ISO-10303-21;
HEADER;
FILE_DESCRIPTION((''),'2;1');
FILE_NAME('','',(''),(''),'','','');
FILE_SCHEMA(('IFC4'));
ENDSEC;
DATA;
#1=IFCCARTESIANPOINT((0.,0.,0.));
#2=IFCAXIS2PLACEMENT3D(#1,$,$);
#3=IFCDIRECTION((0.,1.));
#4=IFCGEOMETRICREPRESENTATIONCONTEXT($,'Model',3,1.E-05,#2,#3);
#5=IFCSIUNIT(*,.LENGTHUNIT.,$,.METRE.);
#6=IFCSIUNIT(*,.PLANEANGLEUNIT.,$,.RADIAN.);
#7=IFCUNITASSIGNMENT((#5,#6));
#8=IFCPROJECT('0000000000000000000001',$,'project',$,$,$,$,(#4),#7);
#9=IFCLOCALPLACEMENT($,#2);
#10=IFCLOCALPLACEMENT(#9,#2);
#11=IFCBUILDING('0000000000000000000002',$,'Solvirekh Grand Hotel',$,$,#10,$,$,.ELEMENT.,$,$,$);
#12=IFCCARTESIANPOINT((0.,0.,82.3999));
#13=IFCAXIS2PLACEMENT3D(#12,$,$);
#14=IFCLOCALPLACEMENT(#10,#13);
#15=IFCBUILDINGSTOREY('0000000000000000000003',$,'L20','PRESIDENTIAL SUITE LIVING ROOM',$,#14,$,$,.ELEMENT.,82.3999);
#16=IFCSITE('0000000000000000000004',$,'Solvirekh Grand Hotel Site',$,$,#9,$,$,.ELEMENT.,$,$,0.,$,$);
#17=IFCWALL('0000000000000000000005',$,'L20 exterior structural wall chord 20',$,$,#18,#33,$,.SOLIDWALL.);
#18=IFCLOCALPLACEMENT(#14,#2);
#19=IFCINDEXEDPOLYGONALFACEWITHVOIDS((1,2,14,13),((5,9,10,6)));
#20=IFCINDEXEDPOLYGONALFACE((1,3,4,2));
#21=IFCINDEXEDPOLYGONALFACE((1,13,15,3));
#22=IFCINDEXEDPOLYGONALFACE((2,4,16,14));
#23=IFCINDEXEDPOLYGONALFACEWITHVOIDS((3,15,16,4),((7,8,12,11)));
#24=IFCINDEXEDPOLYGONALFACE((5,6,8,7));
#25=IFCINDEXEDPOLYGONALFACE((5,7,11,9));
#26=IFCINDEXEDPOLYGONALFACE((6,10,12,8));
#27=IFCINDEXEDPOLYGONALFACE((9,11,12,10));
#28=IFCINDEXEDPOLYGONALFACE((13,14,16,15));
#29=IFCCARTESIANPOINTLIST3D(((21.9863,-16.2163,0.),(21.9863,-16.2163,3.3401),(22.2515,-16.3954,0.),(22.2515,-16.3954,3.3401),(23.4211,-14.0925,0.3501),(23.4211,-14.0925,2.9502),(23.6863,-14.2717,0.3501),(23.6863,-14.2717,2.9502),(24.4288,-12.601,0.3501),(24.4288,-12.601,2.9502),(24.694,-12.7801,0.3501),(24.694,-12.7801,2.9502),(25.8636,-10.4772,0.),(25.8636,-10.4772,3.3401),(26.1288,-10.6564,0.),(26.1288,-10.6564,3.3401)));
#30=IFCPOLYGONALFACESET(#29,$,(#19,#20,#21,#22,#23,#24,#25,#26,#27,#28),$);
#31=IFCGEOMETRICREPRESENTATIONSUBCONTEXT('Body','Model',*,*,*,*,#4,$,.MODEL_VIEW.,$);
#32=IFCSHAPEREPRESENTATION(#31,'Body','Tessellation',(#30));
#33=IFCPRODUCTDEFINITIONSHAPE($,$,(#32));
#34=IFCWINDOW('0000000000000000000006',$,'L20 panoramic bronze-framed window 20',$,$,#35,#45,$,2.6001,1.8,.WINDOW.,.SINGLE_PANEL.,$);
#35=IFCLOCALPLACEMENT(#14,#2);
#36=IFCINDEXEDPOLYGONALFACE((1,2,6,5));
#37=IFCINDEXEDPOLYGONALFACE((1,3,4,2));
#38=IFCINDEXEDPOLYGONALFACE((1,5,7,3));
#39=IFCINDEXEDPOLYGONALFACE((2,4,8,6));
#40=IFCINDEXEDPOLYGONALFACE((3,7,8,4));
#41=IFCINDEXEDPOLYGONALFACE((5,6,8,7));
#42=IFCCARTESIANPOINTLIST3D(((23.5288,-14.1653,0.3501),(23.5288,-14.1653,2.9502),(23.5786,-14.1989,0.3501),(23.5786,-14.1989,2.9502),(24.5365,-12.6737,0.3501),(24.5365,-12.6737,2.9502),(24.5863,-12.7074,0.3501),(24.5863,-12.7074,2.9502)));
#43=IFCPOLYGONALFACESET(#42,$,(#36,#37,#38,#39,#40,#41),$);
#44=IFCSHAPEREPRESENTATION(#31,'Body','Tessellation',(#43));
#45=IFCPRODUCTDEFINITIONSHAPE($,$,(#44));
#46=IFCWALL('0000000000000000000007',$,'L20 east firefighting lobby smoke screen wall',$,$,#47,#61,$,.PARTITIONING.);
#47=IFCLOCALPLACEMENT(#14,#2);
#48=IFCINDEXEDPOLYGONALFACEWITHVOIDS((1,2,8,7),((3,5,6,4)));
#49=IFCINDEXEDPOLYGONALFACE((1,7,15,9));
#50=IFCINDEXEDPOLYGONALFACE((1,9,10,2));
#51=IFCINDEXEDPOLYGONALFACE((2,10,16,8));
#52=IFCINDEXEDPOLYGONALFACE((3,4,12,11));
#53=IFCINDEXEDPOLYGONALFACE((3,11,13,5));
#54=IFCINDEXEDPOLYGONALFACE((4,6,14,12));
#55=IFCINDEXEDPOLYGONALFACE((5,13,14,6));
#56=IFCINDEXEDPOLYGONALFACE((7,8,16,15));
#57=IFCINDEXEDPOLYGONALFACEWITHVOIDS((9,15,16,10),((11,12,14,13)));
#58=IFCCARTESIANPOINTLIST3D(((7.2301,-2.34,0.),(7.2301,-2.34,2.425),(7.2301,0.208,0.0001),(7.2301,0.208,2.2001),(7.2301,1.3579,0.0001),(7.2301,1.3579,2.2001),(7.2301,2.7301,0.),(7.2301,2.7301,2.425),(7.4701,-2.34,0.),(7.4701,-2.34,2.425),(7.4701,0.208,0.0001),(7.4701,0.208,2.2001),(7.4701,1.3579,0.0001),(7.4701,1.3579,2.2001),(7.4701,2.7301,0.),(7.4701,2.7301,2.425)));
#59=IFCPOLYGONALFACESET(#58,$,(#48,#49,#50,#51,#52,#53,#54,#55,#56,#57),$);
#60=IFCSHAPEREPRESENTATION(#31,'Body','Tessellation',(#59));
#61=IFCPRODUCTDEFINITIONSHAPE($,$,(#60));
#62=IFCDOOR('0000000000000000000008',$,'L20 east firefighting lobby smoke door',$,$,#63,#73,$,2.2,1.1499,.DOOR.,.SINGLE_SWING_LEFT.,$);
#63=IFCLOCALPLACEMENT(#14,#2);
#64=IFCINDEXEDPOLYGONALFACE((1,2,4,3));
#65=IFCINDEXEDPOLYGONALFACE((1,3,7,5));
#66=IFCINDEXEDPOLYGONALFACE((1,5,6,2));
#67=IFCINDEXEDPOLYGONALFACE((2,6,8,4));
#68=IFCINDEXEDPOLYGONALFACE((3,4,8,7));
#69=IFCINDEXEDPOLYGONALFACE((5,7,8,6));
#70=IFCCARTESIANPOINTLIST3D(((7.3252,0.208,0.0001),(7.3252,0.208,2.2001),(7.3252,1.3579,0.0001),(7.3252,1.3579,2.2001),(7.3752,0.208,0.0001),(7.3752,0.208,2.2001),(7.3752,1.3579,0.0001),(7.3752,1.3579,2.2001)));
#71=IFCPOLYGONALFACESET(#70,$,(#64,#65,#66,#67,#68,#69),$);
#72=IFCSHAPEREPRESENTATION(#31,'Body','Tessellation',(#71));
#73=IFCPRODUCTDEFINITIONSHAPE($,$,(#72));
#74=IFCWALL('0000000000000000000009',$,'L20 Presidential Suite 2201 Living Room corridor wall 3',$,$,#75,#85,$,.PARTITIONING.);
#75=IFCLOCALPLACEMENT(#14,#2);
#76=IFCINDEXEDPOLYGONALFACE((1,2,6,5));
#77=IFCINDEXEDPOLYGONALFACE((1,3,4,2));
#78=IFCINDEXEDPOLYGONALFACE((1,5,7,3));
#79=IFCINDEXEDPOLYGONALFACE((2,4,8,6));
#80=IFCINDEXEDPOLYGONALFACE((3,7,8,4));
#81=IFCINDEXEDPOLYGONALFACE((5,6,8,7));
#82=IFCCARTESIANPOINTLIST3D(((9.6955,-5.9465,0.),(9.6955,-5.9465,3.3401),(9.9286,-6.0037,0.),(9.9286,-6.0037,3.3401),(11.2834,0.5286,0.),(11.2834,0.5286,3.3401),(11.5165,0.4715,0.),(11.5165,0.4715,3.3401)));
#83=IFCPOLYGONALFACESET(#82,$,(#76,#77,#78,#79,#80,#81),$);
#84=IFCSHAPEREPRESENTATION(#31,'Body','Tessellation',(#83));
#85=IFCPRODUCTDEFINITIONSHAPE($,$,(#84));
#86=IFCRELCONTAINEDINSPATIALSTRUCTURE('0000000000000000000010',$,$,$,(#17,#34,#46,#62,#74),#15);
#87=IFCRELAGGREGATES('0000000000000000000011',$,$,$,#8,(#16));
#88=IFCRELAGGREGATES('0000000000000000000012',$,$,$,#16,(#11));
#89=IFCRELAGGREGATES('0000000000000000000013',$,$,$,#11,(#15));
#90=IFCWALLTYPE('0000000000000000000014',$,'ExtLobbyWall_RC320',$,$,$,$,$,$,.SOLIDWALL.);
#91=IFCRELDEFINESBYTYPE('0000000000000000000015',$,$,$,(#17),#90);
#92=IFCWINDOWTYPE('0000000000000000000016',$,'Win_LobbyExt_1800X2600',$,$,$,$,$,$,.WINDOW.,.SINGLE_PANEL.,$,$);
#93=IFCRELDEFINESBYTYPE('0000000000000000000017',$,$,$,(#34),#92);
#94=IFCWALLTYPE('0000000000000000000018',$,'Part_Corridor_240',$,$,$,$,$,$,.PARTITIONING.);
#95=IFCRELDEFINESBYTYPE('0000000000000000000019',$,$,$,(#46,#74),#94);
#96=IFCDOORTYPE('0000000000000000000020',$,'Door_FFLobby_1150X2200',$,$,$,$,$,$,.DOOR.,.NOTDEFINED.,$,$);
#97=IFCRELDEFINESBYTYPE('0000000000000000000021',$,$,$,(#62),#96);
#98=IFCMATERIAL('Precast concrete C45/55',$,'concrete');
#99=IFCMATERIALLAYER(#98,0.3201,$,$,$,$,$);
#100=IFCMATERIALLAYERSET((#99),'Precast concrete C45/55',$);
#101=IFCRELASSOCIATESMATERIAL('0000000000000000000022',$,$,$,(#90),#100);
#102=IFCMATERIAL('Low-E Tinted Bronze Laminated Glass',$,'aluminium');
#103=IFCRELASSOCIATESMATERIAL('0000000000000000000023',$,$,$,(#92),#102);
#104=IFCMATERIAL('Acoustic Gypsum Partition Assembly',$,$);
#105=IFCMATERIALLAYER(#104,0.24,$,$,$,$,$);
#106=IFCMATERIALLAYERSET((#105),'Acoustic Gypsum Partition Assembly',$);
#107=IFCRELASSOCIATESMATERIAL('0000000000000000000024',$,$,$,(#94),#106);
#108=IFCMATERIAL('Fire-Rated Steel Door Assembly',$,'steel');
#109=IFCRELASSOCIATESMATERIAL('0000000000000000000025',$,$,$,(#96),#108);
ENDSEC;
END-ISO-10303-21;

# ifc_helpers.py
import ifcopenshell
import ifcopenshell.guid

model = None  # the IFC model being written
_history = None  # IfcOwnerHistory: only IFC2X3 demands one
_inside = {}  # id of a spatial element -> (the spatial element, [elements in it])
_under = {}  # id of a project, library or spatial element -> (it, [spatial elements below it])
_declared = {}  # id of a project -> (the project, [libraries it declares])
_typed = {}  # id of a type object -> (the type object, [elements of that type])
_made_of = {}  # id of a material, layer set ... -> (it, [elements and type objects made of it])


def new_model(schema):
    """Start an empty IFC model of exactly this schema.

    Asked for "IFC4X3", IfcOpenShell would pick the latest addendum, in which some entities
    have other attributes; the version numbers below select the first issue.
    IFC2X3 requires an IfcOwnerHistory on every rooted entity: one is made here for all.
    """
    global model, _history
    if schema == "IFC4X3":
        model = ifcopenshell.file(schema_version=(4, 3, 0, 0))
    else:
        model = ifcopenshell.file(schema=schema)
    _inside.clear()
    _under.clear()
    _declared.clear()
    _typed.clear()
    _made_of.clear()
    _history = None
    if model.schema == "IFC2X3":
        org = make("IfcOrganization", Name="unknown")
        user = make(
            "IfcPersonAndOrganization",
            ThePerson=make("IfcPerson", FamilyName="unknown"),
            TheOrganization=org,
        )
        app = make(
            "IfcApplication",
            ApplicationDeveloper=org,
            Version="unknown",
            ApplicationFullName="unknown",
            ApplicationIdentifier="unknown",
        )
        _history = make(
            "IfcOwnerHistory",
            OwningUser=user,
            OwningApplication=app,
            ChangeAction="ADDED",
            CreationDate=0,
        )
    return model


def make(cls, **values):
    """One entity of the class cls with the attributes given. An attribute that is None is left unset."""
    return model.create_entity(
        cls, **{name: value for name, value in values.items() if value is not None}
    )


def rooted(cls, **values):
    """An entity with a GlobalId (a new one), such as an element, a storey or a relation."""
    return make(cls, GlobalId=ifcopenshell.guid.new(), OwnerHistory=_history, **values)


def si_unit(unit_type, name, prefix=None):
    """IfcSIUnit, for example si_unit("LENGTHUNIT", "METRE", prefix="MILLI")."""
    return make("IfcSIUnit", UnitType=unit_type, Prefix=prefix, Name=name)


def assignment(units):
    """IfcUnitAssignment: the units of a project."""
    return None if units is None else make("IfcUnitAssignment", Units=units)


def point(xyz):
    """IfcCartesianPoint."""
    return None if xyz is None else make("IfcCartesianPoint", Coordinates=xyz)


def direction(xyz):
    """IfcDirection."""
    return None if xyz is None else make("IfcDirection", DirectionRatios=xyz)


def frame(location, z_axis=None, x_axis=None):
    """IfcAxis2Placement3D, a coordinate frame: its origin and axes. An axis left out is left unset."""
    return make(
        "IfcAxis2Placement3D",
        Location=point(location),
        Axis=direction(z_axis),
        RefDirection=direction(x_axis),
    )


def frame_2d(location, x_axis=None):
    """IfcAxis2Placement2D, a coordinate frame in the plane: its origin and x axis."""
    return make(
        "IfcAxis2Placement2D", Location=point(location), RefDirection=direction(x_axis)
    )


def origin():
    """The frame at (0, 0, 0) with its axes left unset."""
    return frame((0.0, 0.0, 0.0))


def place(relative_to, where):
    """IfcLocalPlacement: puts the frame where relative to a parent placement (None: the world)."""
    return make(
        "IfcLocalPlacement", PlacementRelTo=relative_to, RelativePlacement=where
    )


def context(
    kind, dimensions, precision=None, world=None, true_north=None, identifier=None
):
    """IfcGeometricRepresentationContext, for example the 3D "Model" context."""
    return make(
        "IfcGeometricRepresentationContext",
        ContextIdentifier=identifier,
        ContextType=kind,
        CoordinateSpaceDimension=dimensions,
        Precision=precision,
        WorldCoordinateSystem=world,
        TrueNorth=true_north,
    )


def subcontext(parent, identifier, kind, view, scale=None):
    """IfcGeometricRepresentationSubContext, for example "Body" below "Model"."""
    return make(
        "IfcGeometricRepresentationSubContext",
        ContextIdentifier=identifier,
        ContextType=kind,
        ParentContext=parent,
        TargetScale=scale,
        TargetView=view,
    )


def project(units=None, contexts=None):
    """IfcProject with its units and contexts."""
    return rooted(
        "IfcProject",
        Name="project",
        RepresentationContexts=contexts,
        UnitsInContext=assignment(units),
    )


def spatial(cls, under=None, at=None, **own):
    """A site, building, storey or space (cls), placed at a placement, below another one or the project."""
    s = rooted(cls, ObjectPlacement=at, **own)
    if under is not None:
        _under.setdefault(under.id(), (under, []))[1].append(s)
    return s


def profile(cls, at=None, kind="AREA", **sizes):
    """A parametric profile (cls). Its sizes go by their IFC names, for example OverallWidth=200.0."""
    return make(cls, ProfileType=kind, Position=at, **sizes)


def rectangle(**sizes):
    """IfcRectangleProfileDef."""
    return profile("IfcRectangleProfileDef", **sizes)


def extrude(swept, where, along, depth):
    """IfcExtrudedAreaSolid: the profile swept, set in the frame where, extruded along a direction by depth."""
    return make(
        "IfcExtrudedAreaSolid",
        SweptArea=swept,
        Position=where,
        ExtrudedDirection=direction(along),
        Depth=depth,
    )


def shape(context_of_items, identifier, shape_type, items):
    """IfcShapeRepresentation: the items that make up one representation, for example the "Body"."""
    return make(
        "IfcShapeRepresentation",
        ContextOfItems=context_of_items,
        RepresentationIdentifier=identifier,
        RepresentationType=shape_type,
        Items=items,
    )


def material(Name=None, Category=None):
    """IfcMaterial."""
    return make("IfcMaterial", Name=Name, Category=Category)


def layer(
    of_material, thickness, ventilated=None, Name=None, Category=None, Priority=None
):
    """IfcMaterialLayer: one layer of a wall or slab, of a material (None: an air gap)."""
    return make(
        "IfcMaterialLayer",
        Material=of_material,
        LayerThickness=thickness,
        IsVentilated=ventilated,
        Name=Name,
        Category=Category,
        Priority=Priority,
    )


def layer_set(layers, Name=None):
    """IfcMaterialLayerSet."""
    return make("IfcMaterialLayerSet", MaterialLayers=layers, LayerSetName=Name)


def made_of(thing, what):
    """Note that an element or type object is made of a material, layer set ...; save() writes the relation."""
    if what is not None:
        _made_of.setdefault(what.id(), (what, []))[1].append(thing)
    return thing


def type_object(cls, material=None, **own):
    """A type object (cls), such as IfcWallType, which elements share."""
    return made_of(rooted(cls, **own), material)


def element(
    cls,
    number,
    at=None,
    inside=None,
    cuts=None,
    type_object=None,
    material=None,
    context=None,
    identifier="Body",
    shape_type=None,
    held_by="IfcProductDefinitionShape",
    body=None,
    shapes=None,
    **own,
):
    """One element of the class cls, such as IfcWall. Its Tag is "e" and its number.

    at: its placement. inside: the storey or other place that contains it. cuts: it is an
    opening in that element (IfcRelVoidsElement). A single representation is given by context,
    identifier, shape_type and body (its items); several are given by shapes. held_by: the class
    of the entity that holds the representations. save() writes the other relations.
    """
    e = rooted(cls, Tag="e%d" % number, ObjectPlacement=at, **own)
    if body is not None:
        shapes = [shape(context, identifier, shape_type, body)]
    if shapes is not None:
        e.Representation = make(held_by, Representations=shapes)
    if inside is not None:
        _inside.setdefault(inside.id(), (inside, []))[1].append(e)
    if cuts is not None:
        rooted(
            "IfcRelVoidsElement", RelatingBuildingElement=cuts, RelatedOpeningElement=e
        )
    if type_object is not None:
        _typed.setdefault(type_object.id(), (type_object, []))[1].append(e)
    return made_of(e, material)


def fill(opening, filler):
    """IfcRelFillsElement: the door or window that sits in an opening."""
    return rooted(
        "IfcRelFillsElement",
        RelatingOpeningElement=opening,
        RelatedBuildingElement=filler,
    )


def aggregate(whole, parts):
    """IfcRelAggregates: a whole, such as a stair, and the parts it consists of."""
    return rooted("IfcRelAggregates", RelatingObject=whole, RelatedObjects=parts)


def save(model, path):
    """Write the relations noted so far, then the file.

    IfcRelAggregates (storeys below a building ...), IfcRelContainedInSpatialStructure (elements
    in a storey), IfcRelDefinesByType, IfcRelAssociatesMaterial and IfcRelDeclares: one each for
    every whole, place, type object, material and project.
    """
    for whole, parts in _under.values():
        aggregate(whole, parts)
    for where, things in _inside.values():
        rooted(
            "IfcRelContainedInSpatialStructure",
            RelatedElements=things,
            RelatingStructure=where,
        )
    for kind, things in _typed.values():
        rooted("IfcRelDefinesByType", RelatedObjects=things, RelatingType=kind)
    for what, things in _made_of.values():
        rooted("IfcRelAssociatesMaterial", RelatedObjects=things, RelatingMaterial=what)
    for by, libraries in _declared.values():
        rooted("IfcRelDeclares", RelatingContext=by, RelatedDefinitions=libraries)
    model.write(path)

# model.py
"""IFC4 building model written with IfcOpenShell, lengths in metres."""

from ifc_helpers import new_model, si_unit, direction, frame, frame_2d, origin, place, context, subcontext, project, spatial, rectangle, extrude, material, layer, layer_set, type_object, element, fill, save


model = new_model("IFC4")

# Units and contexts
model_context = context("Model", 3, precision=1e-05, world=origin(), true_north=direction((0.0, 1.0)))
body_context = subcontext(model_context, "Body", "Model", "MODEL_VIEW")
ifc_project = project(units=[si_unit("LENGTHUNIT", "METRE"), si_unit("PLANEANGLEUNIT", "RADIAN")], contexts=[model_context])

# Site, building, storey
site_placement = place(None, origin())
site = spatial("IfcSite", under=ifc_project, at=site_placement, Name="Solvirekh Grand Hotel Site", CompositionType="ELEMENT", RefElevation=0.0)
building_placement = place(site_placement, origin())
building = spatial("IfcBuilding", under=site, at=building_placement, Name="Solvirekh Grand Hotel", CompositionType="ELEMENT")
storey_placement = place(building_placement, frame((0.0, 0.0, 82.3999)))
storey = spatial("IfcBuildingStorey", under=building, at=storey_placement, Name="L20", Description="PRESIDENTIAL SUITE LIVING ROOM", CompositionType="ELEMENT", Elevation=82.3999)

# Shared definitions
ifc_material_1 = material(Name="Low-E Tinted Bronze Laminated Glass", Category="aluminium")

# Wall, opening, window
ifc_material_2 = material(Name="Precast concrete C45/55", Category="concrete")
ifc_layer_1 = layer(ifc_material_2, 0.3201)
ifc_layer_set_1 = layer_set([ifc_layer_1], Name="Precast concrete C45/55")
wall_type_1 = type_object("IfcWallType", Name="ExtLobbyWall_RC320", PredefinedType="SOLIDWALL", material=ifc_layer_set_1)
window_type = type_object("IfcWindowType", Name="Win_LobbyExt_1800X2600", PartitioningType="SINGLE_PANEL", PredefinedType="WINDOW", material=ifc_material_1)
wall_1_placement = place(storey_placement, frame((25.9961, -10.5669, 0.0), z_axis=(0.0, 0.0, 1.0), x_axis=(-0.559806, -0.828623, 0.0)))
wall_1 = element("IfcWall", 1, at=wall_1_placement, inside=storey, type_object=wall_type_1, Name="L20 exterior structural wall chord 20", PredefinedType="SOLIDWALL", context=body_context, shape_type="SweptSolid", body=[
    extrude(rectangle(XDim=6.926, YDim=0.3201, at=frame_2d((3.4629, 0.0))), origin(), (0.0, 0.0, 1.0), 3.3401),
])
opening_1_placement = place(wall_1_placement, frame((2.563, 0.0, 0.3501)))
opening_1 = element("IfcOpeningElement", 2, at=opening_1_placement, cuts=wall_1, PredefinedType="OPENING", context=body_context, shape_type="SweptSolid", body=[
    extrude(rectangle(XDim=1.8, YDim=2.6001, at=frame_2d((0.8999, 1.3))), frame((0.0, 0.1699, 0.0), z_axis=(0.0, -1.0, 0.0), x_axis=(1.0, 0.0, 0.0)), (0.0, 0.0, 1.0), 0.3401),
])
window_1_placement = place(opening_1_placement, origin())
window_1 = element("IfcWindow", 3, at=window_1_placement, inside=storey, type_object=window_type, Name="L20 panoramic bronze-framed window 20", OverallHeight=2.6001, OverallWidth=1.8, PartitioningType="SINGLE_PANEL", PredefinedType="WINDOW", context=body_context, shape_type="SweptSolid", body=[
    extrude(rectangle(XDim=1.8, YDim=2.6001, at=frame_2d((0.8999, 1.3))), frame((0.0, 0.03, 0.0), z_axis=(0.0, -1.0, 0.0), x_axis=(1.0, 0.0, 0.0)), (0.0, 0.0, 1.0), 0.0601),
])
fill(opening_1, window_1)

# Wall, opening, door
ifc_material_3 = material(Name="Acoustic Gypsum Partition Assembly")
ifc_layer_2 = layer(ifc_material_3, 0.24)
ifc_layer_set_2 = layer_set([ifc_layer_2], Name="Acoustic Gypsum Partition Assembly")
wall_type_2 = type_object("IfcWallType", Name="Part_Corridor_240", PredefinedType="PARTITIONING", material=ifc_layer_set_2)
wall_2_placement = place(storey_placement, frame((7.3501, -2.3401, 0.0), z_axis=(0.0, 0.0, 1.0), x_axis=(0.0, 1.0, 0.0)))
wall_2 = element("IfcWall", 4, at=wall_2_placement, inside=storey, type_object=wall_type_2, Name="L20 east firefighting lobby smoke screen wall", PredefinedType="PARTITIONING", context=body_context, shape_type="SweptSolid", body=[
    extrude(rectangle(XDim=5.0701, YDim=0.24, at=frame_2d((2.5352, 0.0))), origin(), (0.0, 0.0, 1.0), 2.425),
])
opening_2_placement = place(wall_2_placement, frame((2.5481, 0.0, 0.0)))
opening_2 = element("IfcOpeningElement", 5, at=opening_2_placement, cuts=wall_2, PredefinedType="OPENING", context=body_context, shape_type="SweptSolid", body=[
    extrude(rectangle(XDim=1.1499, YDim=2.2, at=frame_2d((0.575, 1.1001))), frame((0.0, 0.1299, 0.0), z_axis=(0.0, -1.0, 0.0), x_axis=(1.0, 0.0, 0.0)), (0.0, 0.0, 1.0), 0.26),
])
ifc_material_4 = material(Name="Fire-Rated Steel Door Assembly", Category="steel")
door_type = type_object("IfcDoorType", Name="Door_FFLobby_1150X2200", OperationType="NOTDEFINED", PredefinedType="DOOR", material=ifc_material_4)
door_placement = place(opening_2_placement, origin())
door = element("IfcDoor", 6, at=door_placement, inside=storey, type_object=door_type, Name="L20 east firefighting lobby smoke door", OperationType="SINGLE_SWING_LEFT", OverallHeight=2.2, OverallWidth=1.1499, PredefinedType="DOOR", context=body_context, shape_type="SweptSolid", body=[
    extrude(rectangle(XDim=1.1499, YDim=2.2, at=frame_2d((0.575, 1.1001))), frame((0.0, 0.0249, 0.0), z_axis=(0.0, -1.0, 0.0), x_axis=(1.0, 0.0, 0.0)), (0.0, 0.0, 1.0), 0.05),
])
fill(opening_2, door)

# Wall
wall_3_placement = place(storey_placement, frame((9.812, -5.9751, 0.0), z_axis=(0.0, 0.0, 1.0), x_axis=(0.238173, 0.971223, 0.0)))
element("IfcWall", 7, at=wall_3_placement, inside=storey, type_object=wall_type_2, Name="L20 Presidential Suite 2201 Living Room corridor wall 3", PredefinedType="PARTITIONING", context=body_context, shape_type="SweptSolid", body=[
    extrude(rectangle(XDim=6.667, YDim=0.24, at=frame_2d((3.3335, 0.0))), origin(), (0.0, 0.0, 1.0), 3.3401),
])

save(model, "model.ifc")
